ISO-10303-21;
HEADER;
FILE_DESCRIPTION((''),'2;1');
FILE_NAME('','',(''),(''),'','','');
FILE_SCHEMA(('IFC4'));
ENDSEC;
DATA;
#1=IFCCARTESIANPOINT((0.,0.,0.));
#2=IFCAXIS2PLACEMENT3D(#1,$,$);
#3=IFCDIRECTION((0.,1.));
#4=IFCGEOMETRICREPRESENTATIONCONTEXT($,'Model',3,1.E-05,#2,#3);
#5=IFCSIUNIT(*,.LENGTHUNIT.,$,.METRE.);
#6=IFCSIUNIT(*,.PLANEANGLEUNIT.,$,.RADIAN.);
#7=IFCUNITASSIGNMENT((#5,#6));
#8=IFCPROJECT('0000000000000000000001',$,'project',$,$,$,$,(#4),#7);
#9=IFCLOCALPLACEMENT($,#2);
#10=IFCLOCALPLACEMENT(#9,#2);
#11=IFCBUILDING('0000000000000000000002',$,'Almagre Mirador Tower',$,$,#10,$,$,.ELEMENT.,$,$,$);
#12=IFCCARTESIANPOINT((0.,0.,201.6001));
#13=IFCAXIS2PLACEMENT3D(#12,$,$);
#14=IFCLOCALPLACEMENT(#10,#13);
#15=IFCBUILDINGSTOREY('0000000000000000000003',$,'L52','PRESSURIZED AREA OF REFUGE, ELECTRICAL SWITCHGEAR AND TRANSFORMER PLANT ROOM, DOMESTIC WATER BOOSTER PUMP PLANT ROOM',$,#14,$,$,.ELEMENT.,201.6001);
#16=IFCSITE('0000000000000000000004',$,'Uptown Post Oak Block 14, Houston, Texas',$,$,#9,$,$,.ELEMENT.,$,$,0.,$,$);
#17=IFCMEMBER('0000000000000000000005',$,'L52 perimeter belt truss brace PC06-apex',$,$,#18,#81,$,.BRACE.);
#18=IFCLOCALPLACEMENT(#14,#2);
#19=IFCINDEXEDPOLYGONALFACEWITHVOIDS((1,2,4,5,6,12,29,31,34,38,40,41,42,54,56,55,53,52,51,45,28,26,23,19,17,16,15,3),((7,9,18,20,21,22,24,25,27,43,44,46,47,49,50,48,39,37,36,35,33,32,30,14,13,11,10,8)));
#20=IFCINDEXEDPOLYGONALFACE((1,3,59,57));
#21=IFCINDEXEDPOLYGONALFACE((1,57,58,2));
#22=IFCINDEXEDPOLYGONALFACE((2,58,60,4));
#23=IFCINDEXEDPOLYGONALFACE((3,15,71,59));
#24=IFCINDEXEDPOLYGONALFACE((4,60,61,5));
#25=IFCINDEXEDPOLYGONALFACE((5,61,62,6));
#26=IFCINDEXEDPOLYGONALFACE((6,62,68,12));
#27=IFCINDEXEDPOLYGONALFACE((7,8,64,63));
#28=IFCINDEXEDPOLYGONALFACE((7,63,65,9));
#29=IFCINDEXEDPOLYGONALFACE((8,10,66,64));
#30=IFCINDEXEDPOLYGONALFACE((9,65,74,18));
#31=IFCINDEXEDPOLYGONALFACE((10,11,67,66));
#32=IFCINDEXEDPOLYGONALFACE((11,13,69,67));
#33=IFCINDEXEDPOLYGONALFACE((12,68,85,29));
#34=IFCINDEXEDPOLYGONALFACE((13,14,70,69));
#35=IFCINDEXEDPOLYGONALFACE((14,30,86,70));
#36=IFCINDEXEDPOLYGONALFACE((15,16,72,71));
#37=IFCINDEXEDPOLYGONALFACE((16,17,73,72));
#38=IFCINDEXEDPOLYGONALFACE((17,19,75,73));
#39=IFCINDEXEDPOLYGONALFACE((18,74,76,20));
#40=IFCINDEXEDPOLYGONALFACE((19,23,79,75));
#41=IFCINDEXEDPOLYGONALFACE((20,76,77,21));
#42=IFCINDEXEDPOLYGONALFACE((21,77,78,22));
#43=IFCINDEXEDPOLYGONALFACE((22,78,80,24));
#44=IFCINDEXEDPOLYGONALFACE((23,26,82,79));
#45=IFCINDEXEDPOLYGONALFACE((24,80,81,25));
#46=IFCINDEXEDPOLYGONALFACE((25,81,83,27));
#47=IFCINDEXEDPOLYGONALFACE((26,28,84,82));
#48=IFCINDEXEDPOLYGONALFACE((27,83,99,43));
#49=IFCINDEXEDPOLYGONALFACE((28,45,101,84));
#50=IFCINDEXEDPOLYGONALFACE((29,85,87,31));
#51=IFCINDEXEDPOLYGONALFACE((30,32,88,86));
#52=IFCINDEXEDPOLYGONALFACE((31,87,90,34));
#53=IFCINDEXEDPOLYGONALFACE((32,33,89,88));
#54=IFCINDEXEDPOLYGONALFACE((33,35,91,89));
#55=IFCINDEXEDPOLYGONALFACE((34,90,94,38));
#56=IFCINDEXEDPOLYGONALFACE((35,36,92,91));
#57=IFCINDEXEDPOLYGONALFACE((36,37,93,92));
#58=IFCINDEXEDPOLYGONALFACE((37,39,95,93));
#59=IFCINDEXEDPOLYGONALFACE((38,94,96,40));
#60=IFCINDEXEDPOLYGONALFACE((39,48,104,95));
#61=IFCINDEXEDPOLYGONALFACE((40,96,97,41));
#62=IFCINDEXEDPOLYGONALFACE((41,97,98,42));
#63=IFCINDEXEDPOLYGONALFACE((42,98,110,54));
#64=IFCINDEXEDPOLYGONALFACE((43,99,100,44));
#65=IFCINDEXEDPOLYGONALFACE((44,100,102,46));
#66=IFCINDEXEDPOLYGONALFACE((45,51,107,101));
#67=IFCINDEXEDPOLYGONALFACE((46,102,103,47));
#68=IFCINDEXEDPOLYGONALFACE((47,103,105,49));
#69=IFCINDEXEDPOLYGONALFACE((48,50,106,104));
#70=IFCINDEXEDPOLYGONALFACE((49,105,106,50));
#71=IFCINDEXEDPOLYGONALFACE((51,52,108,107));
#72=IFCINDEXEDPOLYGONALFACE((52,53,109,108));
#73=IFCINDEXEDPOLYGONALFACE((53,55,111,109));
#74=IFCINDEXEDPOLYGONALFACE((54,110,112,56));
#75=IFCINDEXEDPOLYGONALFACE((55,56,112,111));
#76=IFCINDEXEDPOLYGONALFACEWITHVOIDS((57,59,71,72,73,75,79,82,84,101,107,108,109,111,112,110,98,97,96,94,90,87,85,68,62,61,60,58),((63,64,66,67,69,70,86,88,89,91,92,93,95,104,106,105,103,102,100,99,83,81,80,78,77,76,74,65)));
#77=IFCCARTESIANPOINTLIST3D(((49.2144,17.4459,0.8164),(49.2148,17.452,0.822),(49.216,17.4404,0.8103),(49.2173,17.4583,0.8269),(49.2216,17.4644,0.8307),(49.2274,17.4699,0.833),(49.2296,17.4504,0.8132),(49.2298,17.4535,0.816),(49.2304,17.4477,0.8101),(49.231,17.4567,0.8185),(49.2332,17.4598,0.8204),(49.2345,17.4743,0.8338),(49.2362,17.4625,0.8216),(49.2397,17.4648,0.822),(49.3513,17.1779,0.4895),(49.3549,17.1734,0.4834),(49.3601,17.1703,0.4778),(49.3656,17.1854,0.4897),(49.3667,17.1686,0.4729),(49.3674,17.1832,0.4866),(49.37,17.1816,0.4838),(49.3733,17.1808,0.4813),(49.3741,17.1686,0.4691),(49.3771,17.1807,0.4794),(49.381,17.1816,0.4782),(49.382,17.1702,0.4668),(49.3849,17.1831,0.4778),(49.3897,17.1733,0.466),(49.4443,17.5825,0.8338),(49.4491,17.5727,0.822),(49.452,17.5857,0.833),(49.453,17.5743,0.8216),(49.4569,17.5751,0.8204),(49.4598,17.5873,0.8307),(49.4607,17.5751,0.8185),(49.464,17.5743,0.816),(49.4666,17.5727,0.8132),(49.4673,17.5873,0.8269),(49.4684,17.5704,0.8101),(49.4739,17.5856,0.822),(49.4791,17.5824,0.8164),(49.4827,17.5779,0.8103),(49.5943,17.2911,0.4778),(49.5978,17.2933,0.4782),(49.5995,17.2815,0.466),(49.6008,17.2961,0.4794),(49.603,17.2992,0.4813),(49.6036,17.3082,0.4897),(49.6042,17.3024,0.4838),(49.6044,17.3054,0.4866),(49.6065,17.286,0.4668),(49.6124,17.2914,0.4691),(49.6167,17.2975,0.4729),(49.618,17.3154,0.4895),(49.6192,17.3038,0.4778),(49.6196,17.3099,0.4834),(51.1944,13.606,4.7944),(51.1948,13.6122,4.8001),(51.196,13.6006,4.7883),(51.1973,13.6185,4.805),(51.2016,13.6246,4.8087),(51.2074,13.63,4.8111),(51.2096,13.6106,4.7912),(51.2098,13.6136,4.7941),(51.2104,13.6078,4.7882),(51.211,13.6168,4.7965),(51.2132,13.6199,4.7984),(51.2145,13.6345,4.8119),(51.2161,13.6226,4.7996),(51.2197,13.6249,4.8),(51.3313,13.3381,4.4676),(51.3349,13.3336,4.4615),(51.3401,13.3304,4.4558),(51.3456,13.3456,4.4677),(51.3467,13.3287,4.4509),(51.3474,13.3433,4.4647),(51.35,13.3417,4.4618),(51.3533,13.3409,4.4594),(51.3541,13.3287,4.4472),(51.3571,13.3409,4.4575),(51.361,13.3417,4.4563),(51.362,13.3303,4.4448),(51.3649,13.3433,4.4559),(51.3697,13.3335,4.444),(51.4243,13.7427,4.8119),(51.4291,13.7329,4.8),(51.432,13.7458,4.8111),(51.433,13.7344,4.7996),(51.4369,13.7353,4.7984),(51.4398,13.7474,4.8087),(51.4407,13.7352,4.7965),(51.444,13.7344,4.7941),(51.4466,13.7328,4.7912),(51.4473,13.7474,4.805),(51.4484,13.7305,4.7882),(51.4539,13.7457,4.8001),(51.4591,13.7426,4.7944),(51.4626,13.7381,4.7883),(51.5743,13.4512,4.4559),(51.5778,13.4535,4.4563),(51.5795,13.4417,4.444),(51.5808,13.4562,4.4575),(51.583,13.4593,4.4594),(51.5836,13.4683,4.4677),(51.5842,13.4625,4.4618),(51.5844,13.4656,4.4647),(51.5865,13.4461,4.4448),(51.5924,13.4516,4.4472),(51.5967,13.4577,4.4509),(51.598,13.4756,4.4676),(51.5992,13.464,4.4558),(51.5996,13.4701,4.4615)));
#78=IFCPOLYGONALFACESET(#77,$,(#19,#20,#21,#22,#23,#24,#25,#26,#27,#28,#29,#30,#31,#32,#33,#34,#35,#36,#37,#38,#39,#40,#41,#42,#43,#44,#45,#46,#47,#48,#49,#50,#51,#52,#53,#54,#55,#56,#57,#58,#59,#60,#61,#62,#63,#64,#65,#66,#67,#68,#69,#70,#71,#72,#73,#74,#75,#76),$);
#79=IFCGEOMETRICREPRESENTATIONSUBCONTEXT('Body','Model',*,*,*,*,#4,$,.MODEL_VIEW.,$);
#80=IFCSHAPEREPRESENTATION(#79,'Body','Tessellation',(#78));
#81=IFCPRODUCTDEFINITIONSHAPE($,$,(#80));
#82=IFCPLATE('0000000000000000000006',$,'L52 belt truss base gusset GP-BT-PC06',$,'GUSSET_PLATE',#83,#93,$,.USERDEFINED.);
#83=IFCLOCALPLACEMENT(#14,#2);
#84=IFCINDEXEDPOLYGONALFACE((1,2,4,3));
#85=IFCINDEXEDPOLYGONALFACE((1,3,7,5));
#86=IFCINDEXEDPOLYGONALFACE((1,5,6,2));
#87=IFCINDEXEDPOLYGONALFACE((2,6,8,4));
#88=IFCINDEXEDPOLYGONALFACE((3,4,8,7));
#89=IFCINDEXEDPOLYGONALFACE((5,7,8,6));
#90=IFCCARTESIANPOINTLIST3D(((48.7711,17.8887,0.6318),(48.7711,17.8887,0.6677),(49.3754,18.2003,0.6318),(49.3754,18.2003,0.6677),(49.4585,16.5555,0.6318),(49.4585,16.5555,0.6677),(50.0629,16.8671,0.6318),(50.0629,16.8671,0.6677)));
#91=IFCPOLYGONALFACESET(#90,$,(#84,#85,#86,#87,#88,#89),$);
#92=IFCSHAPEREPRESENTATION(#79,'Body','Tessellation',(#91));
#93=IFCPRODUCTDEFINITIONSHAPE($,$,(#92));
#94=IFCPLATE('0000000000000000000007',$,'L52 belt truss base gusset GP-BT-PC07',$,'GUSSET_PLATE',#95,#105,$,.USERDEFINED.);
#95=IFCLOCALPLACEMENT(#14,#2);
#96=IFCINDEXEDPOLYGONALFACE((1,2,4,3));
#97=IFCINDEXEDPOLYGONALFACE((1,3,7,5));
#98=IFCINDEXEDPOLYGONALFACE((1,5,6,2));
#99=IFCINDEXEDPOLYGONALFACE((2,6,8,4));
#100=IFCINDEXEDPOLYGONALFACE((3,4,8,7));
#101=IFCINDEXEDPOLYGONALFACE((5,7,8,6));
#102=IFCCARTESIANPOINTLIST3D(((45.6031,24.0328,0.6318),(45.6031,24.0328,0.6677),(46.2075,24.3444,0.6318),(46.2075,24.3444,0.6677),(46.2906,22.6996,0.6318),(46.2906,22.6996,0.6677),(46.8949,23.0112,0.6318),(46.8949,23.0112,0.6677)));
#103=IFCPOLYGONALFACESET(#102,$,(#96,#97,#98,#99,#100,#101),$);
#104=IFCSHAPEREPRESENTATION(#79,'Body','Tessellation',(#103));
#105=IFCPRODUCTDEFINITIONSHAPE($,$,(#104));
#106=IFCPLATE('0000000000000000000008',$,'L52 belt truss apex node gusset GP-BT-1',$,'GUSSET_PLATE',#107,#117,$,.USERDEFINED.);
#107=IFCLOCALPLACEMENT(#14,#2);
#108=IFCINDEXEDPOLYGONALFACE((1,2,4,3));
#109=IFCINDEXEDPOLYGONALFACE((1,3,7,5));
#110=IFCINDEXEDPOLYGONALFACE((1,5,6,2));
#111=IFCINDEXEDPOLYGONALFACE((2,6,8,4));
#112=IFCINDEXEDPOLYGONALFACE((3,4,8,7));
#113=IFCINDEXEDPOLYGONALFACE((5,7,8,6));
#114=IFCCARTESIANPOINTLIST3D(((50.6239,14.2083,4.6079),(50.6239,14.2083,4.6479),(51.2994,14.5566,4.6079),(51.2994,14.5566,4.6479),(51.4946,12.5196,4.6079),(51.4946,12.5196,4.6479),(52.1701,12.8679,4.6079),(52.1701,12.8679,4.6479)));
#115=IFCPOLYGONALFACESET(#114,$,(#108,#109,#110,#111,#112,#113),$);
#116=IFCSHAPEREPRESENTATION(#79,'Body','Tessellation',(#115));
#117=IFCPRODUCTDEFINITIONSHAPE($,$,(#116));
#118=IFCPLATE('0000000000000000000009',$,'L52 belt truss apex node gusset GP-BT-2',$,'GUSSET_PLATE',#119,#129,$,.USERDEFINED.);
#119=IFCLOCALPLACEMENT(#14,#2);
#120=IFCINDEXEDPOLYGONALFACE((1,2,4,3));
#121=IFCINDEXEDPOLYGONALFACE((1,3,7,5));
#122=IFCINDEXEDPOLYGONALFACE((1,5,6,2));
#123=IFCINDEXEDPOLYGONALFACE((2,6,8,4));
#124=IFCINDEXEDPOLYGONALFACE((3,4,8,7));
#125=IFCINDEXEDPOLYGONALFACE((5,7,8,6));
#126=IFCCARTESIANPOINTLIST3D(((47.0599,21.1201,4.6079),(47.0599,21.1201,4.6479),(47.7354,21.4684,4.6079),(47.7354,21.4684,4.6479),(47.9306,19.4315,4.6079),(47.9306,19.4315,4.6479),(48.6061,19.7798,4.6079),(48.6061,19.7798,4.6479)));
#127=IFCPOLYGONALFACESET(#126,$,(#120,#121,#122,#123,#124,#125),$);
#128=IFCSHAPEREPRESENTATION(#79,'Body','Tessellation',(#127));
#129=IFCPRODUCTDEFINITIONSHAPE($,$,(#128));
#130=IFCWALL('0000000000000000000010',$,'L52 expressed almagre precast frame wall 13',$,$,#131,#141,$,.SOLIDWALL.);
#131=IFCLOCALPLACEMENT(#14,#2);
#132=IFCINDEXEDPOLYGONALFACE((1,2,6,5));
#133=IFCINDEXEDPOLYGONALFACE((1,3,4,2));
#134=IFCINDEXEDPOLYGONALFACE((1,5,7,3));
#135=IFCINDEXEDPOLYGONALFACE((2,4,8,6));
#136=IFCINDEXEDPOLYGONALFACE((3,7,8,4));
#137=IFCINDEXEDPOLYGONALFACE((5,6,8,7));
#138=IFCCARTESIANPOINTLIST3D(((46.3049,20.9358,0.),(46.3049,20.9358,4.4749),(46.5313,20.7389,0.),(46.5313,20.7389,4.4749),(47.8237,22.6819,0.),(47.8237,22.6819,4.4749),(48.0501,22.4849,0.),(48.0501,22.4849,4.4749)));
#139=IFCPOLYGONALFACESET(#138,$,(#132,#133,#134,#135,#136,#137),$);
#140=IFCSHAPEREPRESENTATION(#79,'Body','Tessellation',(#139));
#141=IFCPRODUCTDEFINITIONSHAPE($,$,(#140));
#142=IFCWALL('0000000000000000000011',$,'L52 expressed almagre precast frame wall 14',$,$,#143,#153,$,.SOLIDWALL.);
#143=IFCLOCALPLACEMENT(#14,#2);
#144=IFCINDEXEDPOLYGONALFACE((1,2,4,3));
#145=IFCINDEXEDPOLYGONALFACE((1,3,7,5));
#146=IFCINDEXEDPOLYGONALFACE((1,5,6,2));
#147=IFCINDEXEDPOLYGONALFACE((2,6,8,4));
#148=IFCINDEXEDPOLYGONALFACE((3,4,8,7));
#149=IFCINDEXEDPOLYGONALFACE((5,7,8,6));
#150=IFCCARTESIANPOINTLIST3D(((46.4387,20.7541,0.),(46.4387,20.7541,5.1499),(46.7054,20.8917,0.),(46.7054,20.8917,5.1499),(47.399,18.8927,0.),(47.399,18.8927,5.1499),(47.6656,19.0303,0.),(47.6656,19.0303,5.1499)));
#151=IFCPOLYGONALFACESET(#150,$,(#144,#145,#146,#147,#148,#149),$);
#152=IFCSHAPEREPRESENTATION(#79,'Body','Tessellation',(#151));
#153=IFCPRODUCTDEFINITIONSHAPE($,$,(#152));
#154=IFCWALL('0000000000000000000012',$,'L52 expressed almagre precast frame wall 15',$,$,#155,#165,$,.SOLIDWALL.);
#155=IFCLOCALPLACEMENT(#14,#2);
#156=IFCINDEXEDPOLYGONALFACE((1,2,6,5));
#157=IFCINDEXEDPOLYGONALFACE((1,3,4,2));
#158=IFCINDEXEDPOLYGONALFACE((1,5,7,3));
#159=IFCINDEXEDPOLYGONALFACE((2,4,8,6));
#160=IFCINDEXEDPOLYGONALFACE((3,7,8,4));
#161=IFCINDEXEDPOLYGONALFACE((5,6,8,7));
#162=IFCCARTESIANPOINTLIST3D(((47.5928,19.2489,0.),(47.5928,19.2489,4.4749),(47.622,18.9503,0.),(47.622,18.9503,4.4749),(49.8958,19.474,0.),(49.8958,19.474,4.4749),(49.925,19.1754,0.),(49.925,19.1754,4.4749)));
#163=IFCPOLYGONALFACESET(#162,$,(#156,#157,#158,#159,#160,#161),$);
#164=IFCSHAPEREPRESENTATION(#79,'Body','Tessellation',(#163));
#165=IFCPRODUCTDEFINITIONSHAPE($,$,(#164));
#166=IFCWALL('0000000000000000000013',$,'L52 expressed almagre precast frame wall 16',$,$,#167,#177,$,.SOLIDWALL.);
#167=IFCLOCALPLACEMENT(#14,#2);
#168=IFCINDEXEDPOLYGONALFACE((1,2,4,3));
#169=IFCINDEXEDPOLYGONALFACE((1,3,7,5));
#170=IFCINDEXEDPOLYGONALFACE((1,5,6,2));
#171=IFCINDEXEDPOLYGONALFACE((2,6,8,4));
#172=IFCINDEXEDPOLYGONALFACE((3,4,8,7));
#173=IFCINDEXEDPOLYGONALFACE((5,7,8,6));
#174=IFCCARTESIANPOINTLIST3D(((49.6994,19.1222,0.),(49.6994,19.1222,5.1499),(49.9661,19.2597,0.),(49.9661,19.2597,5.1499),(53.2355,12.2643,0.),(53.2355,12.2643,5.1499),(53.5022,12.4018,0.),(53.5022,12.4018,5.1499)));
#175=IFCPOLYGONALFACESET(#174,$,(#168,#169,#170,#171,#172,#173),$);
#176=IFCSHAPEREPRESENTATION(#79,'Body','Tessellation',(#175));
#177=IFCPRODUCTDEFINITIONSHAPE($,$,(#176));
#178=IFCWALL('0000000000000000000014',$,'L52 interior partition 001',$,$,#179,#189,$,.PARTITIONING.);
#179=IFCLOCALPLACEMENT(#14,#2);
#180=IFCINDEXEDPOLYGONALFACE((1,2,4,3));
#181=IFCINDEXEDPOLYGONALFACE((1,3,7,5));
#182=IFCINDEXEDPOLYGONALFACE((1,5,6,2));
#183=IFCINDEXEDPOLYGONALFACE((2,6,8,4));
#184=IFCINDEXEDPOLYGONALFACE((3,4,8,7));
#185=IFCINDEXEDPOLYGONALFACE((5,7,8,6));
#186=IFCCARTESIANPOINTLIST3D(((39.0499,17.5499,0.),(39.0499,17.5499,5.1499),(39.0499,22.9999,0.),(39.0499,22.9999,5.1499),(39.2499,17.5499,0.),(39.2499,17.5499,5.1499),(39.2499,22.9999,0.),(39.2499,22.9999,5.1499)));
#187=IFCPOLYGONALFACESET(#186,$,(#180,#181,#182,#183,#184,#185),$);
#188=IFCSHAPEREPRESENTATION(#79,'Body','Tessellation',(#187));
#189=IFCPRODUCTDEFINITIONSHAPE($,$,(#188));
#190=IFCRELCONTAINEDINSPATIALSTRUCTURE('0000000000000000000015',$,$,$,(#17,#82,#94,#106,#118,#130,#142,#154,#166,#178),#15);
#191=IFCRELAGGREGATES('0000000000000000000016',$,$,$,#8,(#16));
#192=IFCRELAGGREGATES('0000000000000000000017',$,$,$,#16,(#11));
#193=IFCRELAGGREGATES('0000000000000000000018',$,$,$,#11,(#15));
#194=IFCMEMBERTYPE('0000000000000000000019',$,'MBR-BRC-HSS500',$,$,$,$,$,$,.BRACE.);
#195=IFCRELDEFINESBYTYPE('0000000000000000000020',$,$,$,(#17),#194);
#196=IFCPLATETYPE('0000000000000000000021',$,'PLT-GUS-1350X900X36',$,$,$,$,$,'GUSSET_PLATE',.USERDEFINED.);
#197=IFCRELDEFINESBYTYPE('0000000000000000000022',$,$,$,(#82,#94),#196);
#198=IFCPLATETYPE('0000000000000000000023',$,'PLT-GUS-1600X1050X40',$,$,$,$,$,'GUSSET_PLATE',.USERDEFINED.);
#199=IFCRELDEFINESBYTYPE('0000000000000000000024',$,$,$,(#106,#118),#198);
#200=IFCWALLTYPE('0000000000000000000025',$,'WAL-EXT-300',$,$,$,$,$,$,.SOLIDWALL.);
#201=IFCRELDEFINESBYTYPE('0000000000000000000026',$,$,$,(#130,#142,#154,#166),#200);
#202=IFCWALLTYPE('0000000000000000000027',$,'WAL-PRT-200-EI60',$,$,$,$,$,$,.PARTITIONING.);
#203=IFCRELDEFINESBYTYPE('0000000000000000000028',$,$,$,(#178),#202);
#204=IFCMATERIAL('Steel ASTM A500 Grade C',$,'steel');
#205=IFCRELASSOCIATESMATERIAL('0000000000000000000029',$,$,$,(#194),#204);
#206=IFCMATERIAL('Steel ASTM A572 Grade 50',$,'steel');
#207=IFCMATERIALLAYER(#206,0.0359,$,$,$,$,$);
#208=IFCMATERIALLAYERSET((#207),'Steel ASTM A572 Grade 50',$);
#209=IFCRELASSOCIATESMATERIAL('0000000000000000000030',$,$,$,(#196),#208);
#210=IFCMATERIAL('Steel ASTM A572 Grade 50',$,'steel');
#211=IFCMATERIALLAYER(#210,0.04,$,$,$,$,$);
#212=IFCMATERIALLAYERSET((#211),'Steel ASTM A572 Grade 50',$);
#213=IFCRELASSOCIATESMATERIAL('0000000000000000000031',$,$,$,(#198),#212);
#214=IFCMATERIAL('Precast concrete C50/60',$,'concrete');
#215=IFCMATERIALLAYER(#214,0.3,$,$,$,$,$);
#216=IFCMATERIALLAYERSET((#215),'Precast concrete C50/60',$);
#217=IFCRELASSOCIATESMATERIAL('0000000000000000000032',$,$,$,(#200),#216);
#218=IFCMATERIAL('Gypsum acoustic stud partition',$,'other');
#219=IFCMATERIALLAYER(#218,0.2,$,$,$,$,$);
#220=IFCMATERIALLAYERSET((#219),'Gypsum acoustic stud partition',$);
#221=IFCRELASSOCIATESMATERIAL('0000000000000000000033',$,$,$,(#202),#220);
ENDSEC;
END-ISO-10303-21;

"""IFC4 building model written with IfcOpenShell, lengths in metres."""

from ifc_helpers import new_model, si_unit, direction, frame, frame_2d, origin, origin_2d, place, context, subcontext, project, spatial, rectangle, hollow_rectangle, extrude, material, layer, layer_set, material_profile, profile_set, type_object, element, save


model = new_model("IFC4")

# Units and contexts
model_context = context("Model", 3, precision=1e-05, world=origin(), true_north=direction((0.0, 1.0)))
body_context = subcontext(model_context, "Body", "Model", "MODEL_VIEW")
ifc_project = project(units=[si_unit("LENGTHUNIT", "METRE"), si_unit("PLANEANGLEUNIT", "RADIAN")], contexts=[model_context])

# Site, building, storey
site_placement = place(None, origin())
site = spatial("IfcSite", under=ifc_project, at=site_placement, Name="Uptown Post Oak Block 14, Houston, Texas", CompositionType="ELEMENT", RefElevation=0.0)
building_placement = place(site_placement, origin())
building = spatial("IfcBuilding", under=site, at=building_placement, Name="Almagre Mirador Tower", CompositionType="ELEMENT")
storey_placement = place(building_placement, frame((0.0, 0.0, 201.6001)))
storey = spatial("IfcBuildingStorey", under=building, at=storey_placement, Name="L52", Description="PRESSURIZED AREA OF REFUGE, ELECTRICAL SWITCHGEAR AND TRANSFORMER PLANT ROOM, DOMESTIC WATER BOOSTER PUMP PLANT ROOM", CompositionType="ELEMENT", Elevation=201.6001)

# Member
ifc_material_1 = material(Name="Steel ASTM A500 Grade C", Category="steel")
ifc_material_profile_1 = material_profile(ifc_material_1, hollow_rectangle(XDim=0.3, YDim=0.5, WallThickness=0.0161, InnerFilletRadius=0.0161, OuterFilletRadius=0.032, at=origin_2d()), Name="HSS500X300X16")
ifc_profile_set_1 = profile_set([ifc_material_profile_1], Name="Steel ASTM A500 Grade C")
member_type_1 = type_object("IfcMemberType", Name="MBR-BRC-HSS500", PredefinedType="BRACE", material=ifc_profile_set_1)
member_placement = place(storey_placement, frame((49.417, 17.3779, 0.6499), z_axis=(0.337146, -0.653839, 0.677368), x_axis=(0.888797, 0.4583, 0.0)))
element("IfcMember", 1, at=member_placement, inside=storey, type_object=member_type_1, Name="L52 perimeter belt truss brace PC06-apex", PredefinedType="BRACE", context=body_context, shape_type="SweptSolid", body=[
    extrude(hollow_rectangle(XDim=0.3, YDim=0.5, WallThickness=0.0161, InnerFilletRadius=0.0161, OuterFilletRadius=0.032, at=origin_2d()), origin(), (0.0, 0.0, 1.0), 5.8728),
])

# Plates
ifc_material_2 = material(Name="Steel ASTM A572 Grade 50", Category="steel")
ifc_layer_1 = layer(ifc_material_2, 0.0359)
ifc_layer_set_1 = layer_set([ifc_layer_1], Name="Steel ASTM A572 Grade 50")
plate_type_1 = type_object("IfcPlateType", Name="PLT-GUS-1350X900X36", ElementType="GUSSET_PLATE", PredefinedType="USERDEFINED", material=ifc_layer_set_1)
for number, where, z_axis, x_axis, name in (
    (2, (49.417, 17.3779, 0.6318), (0.0, 0.0, 1.0), (-0.458293, 0.888801, 0.0), "L52 belt truss base gusset GP-BT-PC06"),
    (3, (46.249, 23.522, 0.6318), (0.0, 0.0, 1.0), (-0.458293, 0.888801, 0.0), "L52 belt truss base gusset GP-BT-PC07"),
):
    element("IfcPlate", number, at=place(storey_placement, frame(where, z_axis=z_axis, x_axis=x_axis)), inside=storey, type_object=plate_type_1, Name=name, ObjectType="GUSSET_PLATE", PredefinedType="USERDEFINED", context=body_context, shape_type="SweptSolid", body=[
        extrude(rectangle(XDim=1.5, YDim=0.6799, at=origin_2d()), origin(), (0.0, 0.0, 1.0), 0.0359),
    ])
ifc_material_3 = material(Name="Steel ASTM A572 Grade 50", Category="steel")
ifc_layer_2 = layer(ifc_material_3, 0.04)
ifc_layer_set_2 = layer_set([ifc_layer_2], Name="Steel ASTM A572 Grade 50")
plate_type_2 = type_object("IfcPlateType", Name="PLT-GUS-1600X1050X40", ElementType="GUSSET_PLATE", PredefinedType="USERDEFINED", material=ifc_layer_set_2)
for number, where, z_axis, x_axis, name in (
    (4, (51.397, 13.5381, 4.6079), (0.0, 0.0, 1.0), (-0.458293, 0.888801, 0.0), "L52 belt truss apex node gusset GP-BT-1"),
    (5, (47.833, 20.45, 4.6079), (0.0, 0.0, 1.0), (-0.458293, 0.888801, 0.0), "L52 belt truss apex node gusset GP-BT-2"),
):
    element("IfcPlate", number, at=place(storey_placement, frame(where, z_axis=z_axis, x_axis=x_axis)), inside=storey, type_object=plate_type_2, Name=name, ObjectType="GUSSET_PLATE", PredefinedType="USERDEFINED", context=body_context, shape_type="SweptSolid", body=[
        extrude(rectangle(XDim=1.8999, YDim=0.76, at=origin_2d()), origin(), (0.0, 0.0, 1.0), 0.04),
    ])

# Walls
ifc_material_4 = material(Name="Precast concrete C50/60", Category="concrete")
ifc_layer_3 = layer(ifc_material_4, 0.3)
ifc_layer_set_3 = layer_set([ifc_layer_3], Name="Precast concrete C50/60")
wall_type_1 = type_object("IfcWallType", Name="WAL-EXT-300", PredefinedType="SOLIDWALL", material=ifc_layer_set_3)
wall_1_placement = place(storey_placement, frame((47.937, 22.5835, 0.0), z_axis=(0.0, 0.0, 1.0), x_axis=(-0.656291, -0.754508, 0.0)))
element("IfcWall", 6, at=wall_1_placement, inside=storey, type_object=wall_type_1, Name="L52 expressed almagre precast frame wall 13", PredefinedType="SOLIDWALL", context=body_context, shape_type="SweptSolid", body=[
    extrude(rectangle(XDim=2.3142, YDim=0.3, at=frame_2d((1.1572, 0.0))), origin(), (0.0, 0.0, 1.0), 4.4749),
])
wall_2_placement = place(storey_placement, frame((46.572, 20.823, 0.0), z_axis=(0.0, 0.0, 1.0), x_axis=(0.458462, -0.888714, 0.0)))
element("IfcWall", 7, at=wall_2_placement, inside=storey, type_object=wall_type_1, Name="L52 expressed almagre precast frame wall 14", PredefinedType="SOLIDWALL", context=body_context, shape_type="SweptSolid", body=[
    extrude(rectangle(XDim=2.0945, YDim=0.3, at=frame_2d((1.0474, 0.0))), origin(), (0.0, 0.0, 1.0), 5.1499),
])
wall_3_placement = place(storey_placement, frame((47.6074, 19.0996, 0.0), z_axis=(0.0, 0.0, 1.0), x_axis=(0.995257, 0.097278, 0.0)))
element("IfcWall", 8, at=wall_3_placement, inside=storey, type_object=wall_type_1, Name="L52 expressed almagre precast frame wall 15", PredefinedType="SOLIDWALL", context=body_context, shape_type="SweptSolid", body=[
    extrude(rectangle(XDim=2.314, YDim=0.3, at=frame_2d((1.157, 0.0))), origin(), (0.0, 0.0, 1.0), 4.4749),
])
wall_4_placement = place(storey_placement, frame((49.8328, 19.1909, 0.0), z_axis=(0.0, 0.0, 1.0), x_axis=(0.458291, -0.888802, 0.0)))
element("IfcWall", 9, at=wall_4_placement, inside=storey, type_object=wall_type_1, Name="L52 expressed almagre precast frame wall 16", PredefinedType="SOLIDWALL", context=body_context, shape_type="SweptSolid", body=[
    extrude(rectangle(XDim=7.7158, YDim=0.3, at=frame_2d((3.8579, 0.0))), origin(), (0.0, 0.0, 1.0), 5.1499),
])
ifc_material_5 = material(Name="Gypsum acoustic stud partition", Category="other")
ifc_layer_4 = layer(ifc_material_5, 0.2)
ifc_layer_set_4 = layer_set([ifc_layer_4], Name="Gypsum acoustic stud partition")
wall_type_2 = type_object("IfcWallType", Name="WAL-PRT-200-EI60", PredefinedType="PARTITIONING", material=ifc_layer_set_4)
wall_5_placement = place(storey_placement, frame((39.1499, 23.0, 0.0), z_axis=(0.0, 0.0, 1.0), x_axis=(0.0, -1.0, 0.0)))
element("IfcWall", 10, at=wall_5_placement, inside=storey, type_object=wall_type_2, Name="L52 interior partition 001", PredefinedType="PARTITIONING", context=body_context, shape_type="SweptSolid", body=[
    extrude(rectangle(XDim=5.45, YDim=0.2, at=frame_2d((2.7251, 0.0))), origin(), (0.0, 0.0, 1.0), 5.1499),
])

save(model, "model.ifc")
